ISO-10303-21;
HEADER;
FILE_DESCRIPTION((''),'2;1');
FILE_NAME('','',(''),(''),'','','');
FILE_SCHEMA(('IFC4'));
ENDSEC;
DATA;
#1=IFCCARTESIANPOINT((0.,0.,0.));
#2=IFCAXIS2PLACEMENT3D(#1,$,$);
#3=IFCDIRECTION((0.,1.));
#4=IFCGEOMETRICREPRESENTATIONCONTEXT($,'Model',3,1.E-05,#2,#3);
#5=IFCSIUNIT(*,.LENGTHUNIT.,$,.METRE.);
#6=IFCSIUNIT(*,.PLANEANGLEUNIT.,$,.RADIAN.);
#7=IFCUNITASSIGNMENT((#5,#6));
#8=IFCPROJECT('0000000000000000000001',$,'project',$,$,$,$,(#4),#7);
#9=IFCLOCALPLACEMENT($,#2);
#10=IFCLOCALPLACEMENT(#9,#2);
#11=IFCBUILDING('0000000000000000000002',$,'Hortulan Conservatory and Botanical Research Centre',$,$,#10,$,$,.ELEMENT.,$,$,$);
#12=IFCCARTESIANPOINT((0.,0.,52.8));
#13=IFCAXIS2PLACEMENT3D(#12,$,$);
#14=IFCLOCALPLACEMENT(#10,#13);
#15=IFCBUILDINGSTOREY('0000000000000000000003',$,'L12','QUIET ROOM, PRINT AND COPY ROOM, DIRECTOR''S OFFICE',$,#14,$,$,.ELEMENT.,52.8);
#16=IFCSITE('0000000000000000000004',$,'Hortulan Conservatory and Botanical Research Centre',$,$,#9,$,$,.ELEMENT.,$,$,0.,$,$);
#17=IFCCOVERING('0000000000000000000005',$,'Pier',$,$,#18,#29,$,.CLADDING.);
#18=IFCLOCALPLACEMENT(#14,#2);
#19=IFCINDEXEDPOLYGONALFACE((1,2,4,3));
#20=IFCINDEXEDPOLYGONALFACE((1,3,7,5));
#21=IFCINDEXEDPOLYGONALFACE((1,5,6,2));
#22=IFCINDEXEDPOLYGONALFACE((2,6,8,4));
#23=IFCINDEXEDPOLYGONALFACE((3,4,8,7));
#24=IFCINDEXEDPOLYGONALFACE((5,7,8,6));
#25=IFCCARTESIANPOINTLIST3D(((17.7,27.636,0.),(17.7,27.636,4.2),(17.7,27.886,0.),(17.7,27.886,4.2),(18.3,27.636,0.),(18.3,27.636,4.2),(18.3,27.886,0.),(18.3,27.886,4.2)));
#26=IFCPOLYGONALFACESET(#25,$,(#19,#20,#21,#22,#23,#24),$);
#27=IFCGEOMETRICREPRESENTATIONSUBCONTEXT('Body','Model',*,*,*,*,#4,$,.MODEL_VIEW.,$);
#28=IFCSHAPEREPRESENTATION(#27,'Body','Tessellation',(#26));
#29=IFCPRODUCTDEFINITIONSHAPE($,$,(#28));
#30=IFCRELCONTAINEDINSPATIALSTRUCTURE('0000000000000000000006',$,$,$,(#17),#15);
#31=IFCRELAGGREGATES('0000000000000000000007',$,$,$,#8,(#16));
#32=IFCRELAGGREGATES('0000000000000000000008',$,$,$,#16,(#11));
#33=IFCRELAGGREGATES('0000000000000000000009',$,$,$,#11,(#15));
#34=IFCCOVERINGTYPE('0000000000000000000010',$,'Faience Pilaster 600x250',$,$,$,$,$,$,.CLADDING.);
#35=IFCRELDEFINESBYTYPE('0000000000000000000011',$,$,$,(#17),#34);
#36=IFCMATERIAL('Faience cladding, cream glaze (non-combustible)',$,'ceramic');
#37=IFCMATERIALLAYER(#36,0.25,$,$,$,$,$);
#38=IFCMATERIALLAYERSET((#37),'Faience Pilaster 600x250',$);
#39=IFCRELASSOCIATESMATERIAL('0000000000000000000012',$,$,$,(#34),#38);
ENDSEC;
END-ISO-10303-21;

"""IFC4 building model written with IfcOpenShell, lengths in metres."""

from ifc_helpers import new_model, si_unit, direction, frame, origin, origin_2d, place, context, subcontext, project, spatial, rectangle, extrude, material, layer, layer_set, type_object, element, save


model = new_model("IFC4")

# Units and contexts
model_context = context("Model", 3, precision=1e-05, world=origin(), true_north=direction((0.0, 1.0)))
body_context = subcontext(model_context, "Body", "Model", "MODEL_VIEW")
ifc_project = project(units=[si_unit("LENGTHUNIT", "METRE"), si_unit("PLANEANGLEUNIT", "RADIAN")], contexts=[model_context])

# Site, building, storey
site_placement = place(None, origin())
site = spatial("IfcSite", under=ifc_project, at=site_placement, Name="Hortulan Conservatory and Botanical Research Centre", CompositionType="ELEMENT", RefElevation=0.0)
building_placement = place(site_placement, origin())
building = spatial("IfcBuilding", under=site, at=building_placement, Name="Hortulan Conservatory and Botanical Research Centre", CompositionType="ELEMENT")
storey_placement = place(building_placement, frame((0.0, 0.0, 52.8)))
storey = spatial("IfcBuildingStorey", under=building, at=storey_placement, Name="L12", Description="QUIET ROOM, PRINT AND COPY ROOM, DIRECTOR'S OFFICE", CompositionType="ELEMENT", Elevation=52.8)

# Covering
ifc_material_1 = material(Name="Faience cladding, cream glaze (non-combustible)", Category="ceramic")
ifc_layer_1 = layer(ifc_material_1, 0.25)
ifc_layer_set_1 = layer_set([ifc_layer_1], Name="Faience Pilaster 600x250")
covering_type = type_object("IfcCoveringType", Name="Faience Pilaster 600x250", PredefinedType="CLADDING", material=ifc_layer_set_1)
covering_placement = place(storey_placement, frame((18.0, 27.761, 0.0), z_axis=(0.0, 0.0, 1.0), x_axis=(1.0, 0.0, 0.0)))
element("IfcCovering", 1, at=covering_placement, inside=storey, type_object=covering_type, Name="Pier", PredefinedType="CLADDING", context=body_context, shape_type="SweptSolid", body=[
    extrude(rectangle(XDim=0.6001, YDim=0.25, at=origin_2d()), origin(), (0.0, 0.0, 1.0), 4.2),
])

save(model, "model.ifc")
